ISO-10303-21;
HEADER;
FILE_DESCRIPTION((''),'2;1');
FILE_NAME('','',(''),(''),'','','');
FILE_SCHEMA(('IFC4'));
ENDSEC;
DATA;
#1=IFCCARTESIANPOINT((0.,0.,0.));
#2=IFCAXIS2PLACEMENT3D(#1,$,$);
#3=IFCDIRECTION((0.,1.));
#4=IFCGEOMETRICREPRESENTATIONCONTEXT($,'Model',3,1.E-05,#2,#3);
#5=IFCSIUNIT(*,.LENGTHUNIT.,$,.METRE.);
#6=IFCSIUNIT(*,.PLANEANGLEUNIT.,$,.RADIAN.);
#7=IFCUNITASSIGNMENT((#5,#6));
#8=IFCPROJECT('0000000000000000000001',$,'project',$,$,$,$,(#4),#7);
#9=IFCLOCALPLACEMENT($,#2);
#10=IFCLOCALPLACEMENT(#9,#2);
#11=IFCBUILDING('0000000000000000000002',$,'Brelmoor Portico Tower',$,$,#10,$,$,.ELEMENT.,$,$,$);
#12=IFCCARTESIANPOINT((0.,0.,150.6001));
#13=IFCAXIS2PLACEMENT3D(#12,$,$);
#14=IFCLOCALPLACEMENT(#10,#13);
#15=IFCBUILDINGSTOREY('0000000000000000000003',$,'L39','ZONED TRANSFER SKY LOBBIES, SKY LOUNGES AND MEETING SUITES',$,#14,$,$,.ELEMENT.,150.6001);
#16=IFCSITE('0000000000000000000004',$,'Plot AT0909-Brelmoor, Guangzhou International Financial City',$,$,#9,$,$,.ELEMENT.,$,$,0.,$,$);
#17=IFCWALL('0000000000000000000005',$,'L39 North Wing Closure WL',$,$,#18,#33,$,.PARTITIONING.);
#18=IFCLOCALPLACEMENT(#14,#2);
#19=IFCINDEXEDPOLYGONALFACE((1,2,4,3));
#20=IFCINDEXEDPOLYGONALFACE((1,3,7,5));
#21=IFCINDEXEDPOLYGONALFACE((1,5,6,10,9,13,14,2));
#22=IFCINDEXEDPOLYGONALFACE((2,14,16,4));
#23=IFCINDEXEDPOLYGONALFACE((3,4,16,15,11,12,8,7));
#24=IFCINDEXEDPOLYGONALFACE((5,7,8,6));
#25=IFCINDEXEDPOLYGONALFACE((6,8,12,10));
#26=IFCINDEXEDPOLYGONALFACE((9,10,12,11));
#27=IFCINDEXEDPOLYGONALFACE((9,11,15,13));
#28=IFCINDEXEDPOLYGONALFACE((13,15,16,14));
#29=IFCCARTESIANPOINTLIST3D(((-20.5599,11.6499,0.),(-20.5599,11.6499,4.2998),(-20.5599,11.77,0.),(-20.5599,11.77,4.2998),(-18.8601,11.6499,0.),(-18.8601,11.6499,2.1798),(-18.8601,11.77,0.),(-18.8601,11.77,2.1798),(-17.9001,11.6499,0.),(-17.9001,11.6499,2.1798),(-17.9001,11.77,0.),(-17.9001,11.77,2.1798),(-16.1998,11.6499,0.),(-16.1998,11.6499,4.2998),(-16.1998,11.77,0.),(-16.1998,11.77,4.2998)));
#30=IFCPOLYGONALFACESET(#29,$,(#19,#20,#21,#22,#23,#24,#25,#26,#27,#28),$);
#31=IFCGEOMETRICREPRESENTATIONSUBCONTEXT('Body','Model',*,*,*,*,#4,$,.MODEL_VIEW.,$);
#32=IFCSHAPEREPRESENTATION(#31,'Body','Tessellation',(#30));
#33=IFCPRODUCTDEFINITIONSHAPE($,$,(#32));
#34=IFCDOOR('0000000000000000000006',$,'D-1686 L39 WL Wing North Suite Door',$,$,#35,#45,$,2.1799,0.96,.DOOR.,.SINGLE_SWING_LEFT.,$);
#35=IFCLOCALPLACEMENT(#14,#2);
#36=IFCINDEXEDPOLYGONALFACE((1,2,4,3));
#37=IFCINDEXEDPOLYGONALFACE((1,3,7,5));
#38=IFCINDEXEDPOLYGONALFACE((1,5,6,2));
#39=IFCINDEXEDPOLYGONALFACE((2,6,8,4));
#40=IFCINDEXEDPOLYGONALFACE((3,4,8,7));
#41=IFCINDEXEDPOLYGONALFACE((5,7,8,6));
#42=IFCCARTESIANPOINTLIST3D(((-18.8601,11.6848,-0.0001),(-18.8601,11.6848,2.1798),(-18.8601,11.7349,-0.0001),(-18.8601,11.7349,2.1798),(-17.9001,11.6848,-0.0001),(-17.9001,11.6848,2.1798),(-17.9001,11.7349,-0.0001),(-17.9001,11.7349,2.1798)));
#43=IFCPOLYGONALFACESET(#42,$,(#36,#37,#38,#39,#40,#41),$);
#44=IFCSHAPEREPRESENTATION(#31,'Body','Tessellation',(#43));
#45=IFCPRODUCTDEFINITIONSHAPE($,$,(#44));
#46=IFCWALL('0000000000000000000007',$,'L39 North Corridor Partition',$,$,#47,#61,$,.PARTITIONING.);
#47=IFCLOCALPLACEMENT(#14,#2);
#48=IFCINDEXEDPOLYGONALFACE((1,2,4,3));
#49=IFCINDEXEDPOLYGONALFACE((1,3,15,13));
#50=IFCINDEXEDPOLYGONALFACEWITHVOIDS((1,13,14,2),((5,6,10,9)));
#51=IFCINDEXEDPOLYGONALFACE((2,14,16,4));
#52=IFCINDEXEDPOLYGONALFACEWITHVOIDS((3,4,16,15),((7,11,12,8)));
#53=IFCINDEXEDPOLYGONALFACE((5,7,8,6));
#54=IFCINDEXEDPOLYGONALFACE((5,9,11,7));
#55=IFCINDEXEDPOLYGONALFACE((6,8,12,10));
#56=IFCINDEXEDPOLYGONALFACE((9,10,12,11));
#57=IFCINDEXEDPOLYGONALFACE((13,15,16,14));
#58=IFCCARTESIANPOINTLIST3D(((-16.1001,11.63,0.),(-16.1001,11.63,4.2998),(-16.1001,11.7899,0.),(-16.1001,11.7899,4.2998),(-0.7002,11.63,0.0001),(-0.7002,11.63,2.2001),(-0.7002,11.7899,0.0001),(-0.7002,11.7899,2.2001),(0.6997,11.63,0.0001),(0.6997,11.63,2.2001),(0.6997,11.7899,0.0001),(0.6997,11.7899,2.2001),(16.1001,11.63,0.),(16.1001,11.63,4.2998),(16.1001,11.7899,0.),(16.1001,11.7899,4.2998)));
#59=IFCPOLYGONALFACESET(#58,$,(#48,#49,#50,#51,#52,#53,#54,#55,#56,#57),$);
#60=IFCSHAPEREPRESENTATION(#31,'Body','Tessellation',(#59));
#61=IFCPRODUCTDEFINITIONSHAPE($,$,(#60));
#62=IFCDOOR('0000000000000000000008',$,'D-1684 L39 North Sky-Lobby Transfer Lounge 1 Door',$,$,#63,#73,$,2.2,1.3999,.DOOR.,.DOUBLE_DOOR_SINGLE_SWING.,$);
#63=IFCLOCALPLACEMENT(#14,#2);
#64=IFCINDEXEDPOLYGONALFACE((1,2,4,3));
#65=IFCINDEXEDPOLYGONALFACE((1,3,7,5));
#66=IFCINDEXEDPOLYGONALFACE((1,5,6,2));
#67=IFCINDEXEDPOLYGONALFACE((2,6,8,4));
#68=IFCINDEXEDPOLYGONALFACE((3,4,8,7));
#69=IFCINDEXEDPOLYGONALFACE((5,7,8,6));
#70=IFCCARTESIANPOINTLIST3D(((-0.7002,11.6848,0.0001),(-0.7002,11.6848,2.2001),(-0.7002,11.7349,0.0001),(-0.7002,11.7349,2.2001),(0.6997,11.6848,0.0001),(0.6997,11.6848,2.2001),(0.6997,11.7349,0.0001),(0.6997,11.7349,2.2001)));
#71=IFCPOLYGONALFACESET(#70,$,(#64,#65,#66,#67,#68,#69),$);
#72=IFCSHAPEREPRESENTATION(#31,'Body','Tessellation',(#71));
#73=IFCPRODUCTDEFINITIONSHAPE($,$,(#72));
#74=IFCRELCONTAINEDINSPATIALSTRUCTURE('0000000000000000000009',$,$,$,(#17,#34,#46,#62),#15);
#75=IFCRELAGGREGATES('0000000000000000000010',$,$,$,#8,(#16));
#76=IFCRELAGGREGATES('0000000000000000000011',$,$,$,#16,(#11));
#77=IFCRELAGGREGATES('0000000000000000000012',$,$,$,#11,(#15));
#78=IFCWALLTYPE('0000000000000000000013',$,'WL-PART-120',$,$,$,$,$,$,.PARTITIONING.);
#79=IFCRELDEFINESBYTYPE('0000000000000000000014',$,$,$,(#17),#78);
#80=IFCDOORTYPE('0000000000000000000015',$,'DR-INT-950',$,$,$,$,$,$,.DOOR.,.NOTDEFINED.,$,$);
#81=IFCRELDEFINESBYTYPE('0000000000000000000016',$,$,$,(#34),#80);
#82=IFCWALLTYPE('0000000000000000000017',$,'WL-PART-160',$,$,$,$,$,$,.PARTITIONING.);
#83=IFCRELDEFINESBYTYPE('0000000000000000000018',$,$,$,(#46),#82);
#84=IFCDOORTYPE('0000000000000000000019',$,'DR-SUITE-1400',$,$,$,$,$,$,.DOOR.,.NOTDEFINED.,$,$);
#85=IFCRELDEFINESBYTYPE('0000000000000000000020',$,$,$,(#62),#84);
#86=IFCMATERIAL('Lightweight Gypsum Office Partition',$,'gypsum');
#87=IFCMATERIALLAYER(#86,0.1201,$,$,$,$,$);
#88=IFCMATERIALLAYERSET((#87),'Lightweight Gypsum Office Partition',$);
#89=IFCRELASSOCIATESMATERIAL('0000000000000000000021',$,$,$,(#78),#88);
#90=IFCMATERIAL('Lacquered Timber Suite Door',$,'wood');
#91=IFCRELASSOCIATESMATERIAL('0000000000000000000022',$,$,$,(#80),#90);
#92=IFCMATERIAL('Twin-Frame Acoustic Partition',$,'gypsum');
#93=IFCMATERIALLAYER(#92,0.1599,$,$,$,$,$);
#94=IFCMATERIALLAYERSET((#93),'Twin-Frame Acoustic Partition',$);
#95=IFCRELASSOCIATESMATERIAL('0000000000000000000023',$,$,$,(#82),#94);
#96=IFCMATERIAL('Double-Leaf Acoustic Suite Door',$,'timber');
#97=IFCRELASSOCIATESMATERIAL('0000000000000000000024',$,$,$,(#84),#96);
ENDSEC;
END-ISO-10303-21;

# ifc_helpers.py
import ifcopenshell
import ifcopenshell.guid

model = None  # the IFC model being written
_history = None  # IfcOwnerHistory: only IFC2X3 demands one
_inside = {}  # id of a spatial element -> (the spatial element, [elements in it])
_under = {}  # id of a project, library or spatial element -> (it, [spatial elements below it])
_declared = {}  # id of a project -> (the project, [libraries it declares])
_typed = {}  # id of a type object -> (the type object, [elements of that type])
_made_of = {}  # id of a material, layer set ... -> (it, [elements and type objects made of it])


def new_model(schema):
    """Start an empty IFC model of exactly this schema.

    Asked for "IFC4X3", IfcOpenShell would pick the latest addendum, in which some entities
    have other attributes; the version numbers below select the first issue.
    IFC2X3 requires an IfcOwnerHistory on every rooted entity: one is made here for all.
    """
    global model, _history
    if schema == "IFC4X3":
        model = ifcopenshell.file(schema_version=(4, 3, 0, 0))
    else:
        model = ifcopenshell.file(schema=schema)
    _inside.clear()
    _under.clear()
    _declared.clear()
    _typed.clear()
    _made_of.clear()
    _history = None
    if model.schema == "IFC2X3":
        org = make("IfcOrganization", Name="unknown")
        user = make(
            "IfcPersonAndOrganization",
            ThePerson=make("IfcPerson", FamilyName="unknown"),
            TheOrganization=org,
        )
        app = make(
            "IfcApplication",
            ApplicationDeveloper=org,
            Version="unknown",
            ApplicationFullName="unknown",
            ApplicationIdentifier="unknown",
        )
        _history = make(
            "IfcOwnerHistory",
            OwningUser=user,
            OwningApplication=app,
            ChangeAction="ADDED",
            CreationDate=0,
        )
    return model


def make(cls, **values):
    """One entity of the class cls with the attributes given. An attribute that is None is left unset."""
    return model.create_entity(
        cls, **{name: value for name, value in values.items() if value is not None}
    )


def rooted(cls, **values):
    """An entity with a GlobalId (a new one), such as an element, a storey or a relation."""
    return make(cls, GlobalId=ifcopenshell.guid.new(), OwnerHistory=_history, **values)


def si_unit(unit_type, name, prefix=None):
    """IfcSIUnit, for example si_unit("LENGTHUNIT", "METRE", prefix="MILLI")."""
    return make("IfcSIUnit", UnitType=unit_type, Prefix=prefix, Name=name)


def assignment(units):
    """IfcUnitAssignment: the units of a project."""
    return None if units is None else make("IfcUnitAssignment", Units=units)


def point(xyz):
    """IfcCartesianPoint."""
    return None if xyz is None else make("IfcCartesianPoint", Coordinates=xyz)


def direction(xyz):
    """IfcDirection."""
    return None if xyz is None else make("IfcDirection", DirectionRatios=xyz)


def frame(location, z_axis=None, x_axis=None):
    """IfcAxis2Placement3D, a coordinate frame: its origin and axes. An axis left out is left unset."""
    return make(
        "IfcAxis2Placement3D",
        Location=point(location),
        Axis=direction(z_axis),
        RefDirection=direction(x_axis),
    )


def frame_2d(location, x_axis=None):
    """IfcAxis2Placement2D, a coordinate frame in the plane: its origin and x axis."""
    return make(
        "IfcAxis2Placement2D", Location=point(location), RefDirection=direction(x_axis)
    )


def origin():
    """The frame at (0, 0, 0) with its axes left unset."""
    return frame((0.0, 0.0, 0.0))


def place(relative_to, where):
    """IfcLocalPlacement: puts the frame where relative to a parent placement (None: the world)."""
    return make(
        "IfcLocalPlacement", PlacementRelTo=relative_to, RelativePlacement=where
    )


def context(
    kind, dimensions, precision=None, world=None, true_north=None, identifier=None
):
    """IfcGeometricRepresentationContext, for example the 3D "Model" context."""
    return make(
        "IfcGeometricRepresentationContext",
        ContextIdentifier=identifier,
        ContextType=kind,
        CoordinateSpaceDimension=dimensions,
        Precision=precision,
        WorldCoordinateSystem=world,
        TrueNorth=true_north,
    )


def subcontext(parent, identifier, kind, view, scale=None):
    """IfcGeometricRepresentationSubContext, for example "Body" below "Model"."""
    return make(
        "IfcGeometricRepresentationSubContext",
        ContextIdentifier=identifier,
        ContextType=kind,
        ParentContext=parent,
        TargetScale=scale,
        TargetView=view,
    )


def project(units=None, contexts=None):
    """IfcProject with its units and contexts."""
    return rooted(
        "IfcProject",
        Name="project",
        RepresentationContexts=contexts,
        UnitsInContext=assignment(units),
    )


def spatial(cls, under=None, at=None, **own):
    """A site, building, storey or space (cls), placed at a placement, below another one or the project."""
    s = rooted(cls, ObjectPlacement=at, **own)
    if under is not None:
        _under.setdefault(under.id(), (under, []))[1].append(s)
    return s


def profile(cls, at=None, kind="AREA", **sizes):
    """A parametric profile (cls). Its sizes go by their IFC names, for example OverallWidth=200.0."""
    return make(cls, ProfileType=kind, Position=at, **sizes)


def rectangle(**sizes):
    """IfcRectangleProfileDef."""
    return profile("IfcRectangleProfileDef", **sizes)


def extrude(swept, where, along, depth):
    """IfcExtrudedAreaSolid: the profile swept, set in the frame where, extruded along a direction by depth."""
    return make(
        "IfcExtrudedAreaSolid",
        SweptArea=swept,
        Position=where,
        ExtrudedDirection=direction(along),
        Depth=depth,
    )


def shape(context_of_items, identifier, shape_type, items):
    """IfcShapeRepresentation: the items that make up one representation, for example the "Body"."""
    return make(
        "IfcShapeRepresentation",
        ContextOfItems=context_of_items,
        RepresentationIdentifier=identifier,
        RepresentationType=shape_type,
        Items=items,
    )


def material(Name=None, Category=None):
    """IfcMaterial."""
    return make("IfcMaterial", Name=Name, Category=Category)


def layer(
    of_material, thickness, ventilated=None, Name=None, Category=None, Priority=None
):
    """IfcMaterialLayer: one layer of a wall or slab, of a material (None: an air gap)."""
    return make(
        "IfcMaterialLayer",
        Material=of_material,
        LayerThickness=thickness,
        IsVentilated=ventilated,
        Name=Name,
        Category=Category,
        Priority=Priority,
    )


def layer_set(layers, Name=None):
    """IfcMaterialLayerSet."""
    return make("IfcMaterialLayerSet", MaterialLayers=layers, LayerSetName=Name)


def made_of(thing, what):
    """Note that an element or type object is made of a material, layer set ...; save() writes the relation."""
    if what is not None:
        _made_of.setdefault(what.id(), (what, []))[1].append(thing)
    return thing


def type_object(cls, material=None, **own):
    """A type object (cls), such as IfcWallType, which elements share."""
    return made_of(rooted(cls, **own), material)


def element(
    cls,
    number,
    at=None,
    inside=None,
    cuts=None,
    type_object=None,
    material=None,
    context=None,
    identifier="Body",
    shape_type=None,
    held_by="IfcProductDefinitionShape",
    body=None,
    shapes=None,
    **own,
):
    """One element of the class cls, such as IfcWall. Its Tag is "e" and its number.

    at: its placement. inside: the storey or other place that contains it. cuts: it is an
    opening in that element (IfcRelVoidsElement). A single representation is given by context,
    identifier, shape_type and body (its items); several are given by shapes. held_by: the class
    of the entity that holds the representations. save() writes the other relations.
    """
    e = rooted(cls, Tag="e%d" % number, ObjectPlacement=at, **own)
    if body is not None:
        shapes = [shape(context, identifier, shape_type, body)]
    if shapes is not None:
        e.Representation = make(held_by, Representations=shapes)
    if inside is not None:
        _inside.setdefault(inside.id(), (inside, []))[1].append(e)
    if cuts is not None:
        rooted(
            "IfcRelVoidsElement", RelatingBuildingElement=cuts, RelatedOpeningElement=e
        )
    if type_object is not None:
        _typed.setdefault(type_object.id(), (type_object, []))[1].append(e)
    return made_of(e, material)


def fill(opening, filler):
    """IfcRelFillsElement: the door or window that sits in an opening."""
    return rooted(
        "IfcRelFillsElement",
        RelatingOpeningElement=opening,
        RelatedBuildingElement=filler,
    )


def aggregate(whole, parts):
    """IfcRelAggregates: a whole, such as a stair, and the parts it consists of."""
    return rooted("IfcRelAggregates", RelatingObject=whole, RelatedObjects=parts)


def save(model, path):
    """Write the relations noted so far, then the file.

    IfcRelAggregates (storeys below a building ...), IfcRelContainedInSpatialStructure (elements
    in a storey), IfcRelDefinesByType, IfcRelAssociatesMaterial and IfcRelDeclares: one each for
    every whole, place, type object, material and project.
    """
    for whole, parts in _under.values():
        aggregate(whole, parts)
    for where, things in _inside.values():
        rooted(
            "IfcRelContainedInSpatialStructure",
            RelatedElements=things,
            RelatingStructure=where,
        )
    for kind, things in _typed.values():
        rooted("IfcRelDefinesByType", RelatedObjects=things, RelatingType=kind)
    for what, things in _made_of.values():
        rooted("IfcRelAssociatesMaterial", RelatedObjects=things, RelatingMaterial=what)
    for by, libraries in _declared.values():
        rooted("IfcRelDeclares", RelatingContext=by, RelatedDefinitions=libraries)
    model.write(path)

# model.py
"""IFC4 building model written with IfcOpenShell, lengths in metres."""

from ifc_helpers import new_model, si_unit, direction, frame, frame_2d, origin, place, context, subcontext, project, spatial, rectangle, extrude, material, layer, layer_set, type_object, element, fill, save


model = new_model("IFC4")

# Units and contexts
model_context = context("Model", 3, precision=1e-05, world=origin(), true_north=direction((0.0, 1.0)))
body_context = subcontext(model_context, "Body", "Model", "MODEL_VIEW")
ifc_project = project(units=[si_unit("LENGTHUNIT", "METRE"), si_unit("PLANEANGLEUNIT", "RADIAN")], contexts=[model_context])

# Site, building, storey
site_placement = place(None, origin())
site = spatial("IfcSite", under=ifc_project, at=site_placement, Name="Plot AT0909-Brelmoor, Guangzhou International Financial City", CompositionType="ELEMENT", RefElevation=0.0)
building_placement = place(site_placement, origin())
building = spatial("IfcBuilding", under=site, at=building_placement, Name="Brelmoor Portico Tower", CompositionType="ELEMENT")
storey_placement = place(building_placement, frame((0.0, 0.0, 150.6001)))
storey = spatial("IfcBuildingStorey", under=building, at=storey_placement, Name="L39", Description="ZONED TRANSFER SKY LOBBIES, SKY LOUNGES AND MEETING SUITES", CompositionType="ELEMENT", Elevation=150.6001)

# Walls, openings, doors
ifc_material_1 = material(Name="Lightweight Gypsum Office Partition", Category="gypsum")
ifc_layer_1 = layer(ifc_material_1, 0.1201)
ifc_layer_set_1 = layer_set([ifc_layer_1], Name="Lightweight Gypsum Office Partition")
wall_type_1 = type_object("IfcWallType", Name="WL-PART-120", PredefinedType="PARTITIONING", material=ifc_layer_set_1)
wall_1_placement = place(storey_placement, frame((-20.5601, 11.71, 0.0), z_axis=(0.0, 0.0, 1.0), x_axis=(1.0, 0.0, 0.0)))
wall_1 = element("IfcWall", 1, at=wall_1_placement, inside=storey, type_object=wall_type_1, Name="L39 North Wing Closure WL", PredefinedType="PARTITIONING", context=body_context, shape_type="SweptSolid", body=[
    extrude(rectangle(XDim=4.3601, YDim=0.1201, at=frame_2d((2.1802, 0.0))), origin(), (0.0, 0.0, 1.0), 4.2998),
])
opening_1_placement = place(wall_1_placement, frame((1.7, 0.0, 0.0)))
opening_1 = element("IfcOpeningElement", 2, at=opening_1_placement, cuts=wall_1, PredefinedType="OPENING", context=body_context, shape_type="SweptSolid", body=[
    extrude(rectangle(XDim=0.96, YDim=2.1799, at=frame_2d((0.48, 1.0898))), frame((0.0, 0.0701, 0.0), z_axis=(0.0, -1.0, 0.0), x_axis=(1.0, 0.0, 0.0)), (0.0, 0.0, 1.0), 0.1401),
])
ifc_material_2 = material(Name="Lacquered Timber Suite Door", Category="wood")
door_type_1 = type_object("IfcDoorType", Name="DR-INT-950", OperationType="NOTDEFINED", PredefinedType="DOOR", material=ifc_material_2)
door_1_placement = place(opening_1_placement, origin())
door_1 = element("IfcDoor", 3, at=door_1_placement, inside=storey, type_object=door_type_1, Name="D-1686 L39 WL Wing North Suite Door", OperationType="SINGLE_SWING_LEFT", OverallHeight=2.1799, OverallWidth=0.96, PredefinedType="DOOR", context=body_context, shape_type="SweptSolid", body=[
    extrude(rectangle(XDim=0.96, YDim=2.1799, at=frame_2d((0.48, 1.0898))), frame((0.0, 0.0249, 0.0), z_axis=(0.0, -1.0, 0.0), x_axis=(1.0, 0.0, 0.0)), (0.0, 0.0, 1.0), 0.05),
])
fill(opening_1, door_1)
ifc_material_3 = material(Name="Twin-Frame Acoustic Partition", Category="gypsum")
ifc_layer_2 = layer(ifc_material_3, 0.1599)
ifc_layer_set_2 = layer_set([ifc_layer_2], Name="Twin-Frame Acoustic Partition")
wall_type_2 = type_object("IfcWallType", Name="WL-PART-160", PredefinedType="PARTITIONING", material=ifc_layer_set_2)
wall_2_placement = place(storey_placement, frame((-16.1001, 11.71, 0.0), z_axis=(0.0, 0.0, 1.0), x_axis=(1.0, 0.0, 0.0)))
wall_2 = element("IfcWall", 4, at=wall_2_placement, inside=storey, type_object=wall_type_2, Name="L39 North Corridor Partition", PredefinedType="PARTITIONING", context=body_context, shape_type="SweptSolid", body=[
    extrude(rectangle(XDim=32.2002, YDim=0.1599, at=frame_2d((16.1001, 0.0))), origin(), (0.0, 0.0, 1.0), 4.2998),
])
opening_2_placement = place(wall_2_placement, frame((15.3999, 0.0, 0.0)))
opening_2 = element("IfcOpeningElement", 5, at=opening_2_placement, cuts=wall_2, PredefinedType="OPENING", context=body_context, shape_type="SweptSolid", body=[
    extrude(rectangle(XDim=1.3999, YDim=2.2, at=frame_2d((0.7, 1.1001))), frame((0.0, 0.0898, 0.0), z_axis=(0.0, -1.0, 0.0), x_axis=(1.0, 0.0, 0.0)), (0.0, 0.0, 1.0), 0.1799),
])
ifc_material_4 = material(Name="Double-Leaf Acoustic Suite Door", Category="timber")
door_type_2 = type_object("IfcDoorType", Name="DR-SUITE-1400", OperationType="NOTDEFINED", PredefinedType="DOOR", material=ifc_material_4)
door_2_placement = place(opening_2_placement, origin())
door_2 = element("IfcDoor", 6, at=door_2_placement, inside=storey, type_object=door_type_2, Name="D-1684 L39 North Sky-Lobby Transfer Lounge 1 Door", OperationType="DOUBLE_DOOR_SINGLE_SWING", OverallHeight=2.2, OverallWidth=1.3999, PredefinedType="DOOR", context=body_context, shape_type="SweptSolid", body=[
    extrude(rectangle(XDim=1.3999, YDim=2.2, at=frame_2d((0.7, 1.1001))), frame((0.0, 0.0249, 0.0), z_axis=(0.0, -1.0, 0.0), x_axis=(1.0, 0.0, 0.0)), (0.0, 0.0, 1.0), 0.05),
])
fill(opening_2, door_2)

save(model, "model.ifc")
